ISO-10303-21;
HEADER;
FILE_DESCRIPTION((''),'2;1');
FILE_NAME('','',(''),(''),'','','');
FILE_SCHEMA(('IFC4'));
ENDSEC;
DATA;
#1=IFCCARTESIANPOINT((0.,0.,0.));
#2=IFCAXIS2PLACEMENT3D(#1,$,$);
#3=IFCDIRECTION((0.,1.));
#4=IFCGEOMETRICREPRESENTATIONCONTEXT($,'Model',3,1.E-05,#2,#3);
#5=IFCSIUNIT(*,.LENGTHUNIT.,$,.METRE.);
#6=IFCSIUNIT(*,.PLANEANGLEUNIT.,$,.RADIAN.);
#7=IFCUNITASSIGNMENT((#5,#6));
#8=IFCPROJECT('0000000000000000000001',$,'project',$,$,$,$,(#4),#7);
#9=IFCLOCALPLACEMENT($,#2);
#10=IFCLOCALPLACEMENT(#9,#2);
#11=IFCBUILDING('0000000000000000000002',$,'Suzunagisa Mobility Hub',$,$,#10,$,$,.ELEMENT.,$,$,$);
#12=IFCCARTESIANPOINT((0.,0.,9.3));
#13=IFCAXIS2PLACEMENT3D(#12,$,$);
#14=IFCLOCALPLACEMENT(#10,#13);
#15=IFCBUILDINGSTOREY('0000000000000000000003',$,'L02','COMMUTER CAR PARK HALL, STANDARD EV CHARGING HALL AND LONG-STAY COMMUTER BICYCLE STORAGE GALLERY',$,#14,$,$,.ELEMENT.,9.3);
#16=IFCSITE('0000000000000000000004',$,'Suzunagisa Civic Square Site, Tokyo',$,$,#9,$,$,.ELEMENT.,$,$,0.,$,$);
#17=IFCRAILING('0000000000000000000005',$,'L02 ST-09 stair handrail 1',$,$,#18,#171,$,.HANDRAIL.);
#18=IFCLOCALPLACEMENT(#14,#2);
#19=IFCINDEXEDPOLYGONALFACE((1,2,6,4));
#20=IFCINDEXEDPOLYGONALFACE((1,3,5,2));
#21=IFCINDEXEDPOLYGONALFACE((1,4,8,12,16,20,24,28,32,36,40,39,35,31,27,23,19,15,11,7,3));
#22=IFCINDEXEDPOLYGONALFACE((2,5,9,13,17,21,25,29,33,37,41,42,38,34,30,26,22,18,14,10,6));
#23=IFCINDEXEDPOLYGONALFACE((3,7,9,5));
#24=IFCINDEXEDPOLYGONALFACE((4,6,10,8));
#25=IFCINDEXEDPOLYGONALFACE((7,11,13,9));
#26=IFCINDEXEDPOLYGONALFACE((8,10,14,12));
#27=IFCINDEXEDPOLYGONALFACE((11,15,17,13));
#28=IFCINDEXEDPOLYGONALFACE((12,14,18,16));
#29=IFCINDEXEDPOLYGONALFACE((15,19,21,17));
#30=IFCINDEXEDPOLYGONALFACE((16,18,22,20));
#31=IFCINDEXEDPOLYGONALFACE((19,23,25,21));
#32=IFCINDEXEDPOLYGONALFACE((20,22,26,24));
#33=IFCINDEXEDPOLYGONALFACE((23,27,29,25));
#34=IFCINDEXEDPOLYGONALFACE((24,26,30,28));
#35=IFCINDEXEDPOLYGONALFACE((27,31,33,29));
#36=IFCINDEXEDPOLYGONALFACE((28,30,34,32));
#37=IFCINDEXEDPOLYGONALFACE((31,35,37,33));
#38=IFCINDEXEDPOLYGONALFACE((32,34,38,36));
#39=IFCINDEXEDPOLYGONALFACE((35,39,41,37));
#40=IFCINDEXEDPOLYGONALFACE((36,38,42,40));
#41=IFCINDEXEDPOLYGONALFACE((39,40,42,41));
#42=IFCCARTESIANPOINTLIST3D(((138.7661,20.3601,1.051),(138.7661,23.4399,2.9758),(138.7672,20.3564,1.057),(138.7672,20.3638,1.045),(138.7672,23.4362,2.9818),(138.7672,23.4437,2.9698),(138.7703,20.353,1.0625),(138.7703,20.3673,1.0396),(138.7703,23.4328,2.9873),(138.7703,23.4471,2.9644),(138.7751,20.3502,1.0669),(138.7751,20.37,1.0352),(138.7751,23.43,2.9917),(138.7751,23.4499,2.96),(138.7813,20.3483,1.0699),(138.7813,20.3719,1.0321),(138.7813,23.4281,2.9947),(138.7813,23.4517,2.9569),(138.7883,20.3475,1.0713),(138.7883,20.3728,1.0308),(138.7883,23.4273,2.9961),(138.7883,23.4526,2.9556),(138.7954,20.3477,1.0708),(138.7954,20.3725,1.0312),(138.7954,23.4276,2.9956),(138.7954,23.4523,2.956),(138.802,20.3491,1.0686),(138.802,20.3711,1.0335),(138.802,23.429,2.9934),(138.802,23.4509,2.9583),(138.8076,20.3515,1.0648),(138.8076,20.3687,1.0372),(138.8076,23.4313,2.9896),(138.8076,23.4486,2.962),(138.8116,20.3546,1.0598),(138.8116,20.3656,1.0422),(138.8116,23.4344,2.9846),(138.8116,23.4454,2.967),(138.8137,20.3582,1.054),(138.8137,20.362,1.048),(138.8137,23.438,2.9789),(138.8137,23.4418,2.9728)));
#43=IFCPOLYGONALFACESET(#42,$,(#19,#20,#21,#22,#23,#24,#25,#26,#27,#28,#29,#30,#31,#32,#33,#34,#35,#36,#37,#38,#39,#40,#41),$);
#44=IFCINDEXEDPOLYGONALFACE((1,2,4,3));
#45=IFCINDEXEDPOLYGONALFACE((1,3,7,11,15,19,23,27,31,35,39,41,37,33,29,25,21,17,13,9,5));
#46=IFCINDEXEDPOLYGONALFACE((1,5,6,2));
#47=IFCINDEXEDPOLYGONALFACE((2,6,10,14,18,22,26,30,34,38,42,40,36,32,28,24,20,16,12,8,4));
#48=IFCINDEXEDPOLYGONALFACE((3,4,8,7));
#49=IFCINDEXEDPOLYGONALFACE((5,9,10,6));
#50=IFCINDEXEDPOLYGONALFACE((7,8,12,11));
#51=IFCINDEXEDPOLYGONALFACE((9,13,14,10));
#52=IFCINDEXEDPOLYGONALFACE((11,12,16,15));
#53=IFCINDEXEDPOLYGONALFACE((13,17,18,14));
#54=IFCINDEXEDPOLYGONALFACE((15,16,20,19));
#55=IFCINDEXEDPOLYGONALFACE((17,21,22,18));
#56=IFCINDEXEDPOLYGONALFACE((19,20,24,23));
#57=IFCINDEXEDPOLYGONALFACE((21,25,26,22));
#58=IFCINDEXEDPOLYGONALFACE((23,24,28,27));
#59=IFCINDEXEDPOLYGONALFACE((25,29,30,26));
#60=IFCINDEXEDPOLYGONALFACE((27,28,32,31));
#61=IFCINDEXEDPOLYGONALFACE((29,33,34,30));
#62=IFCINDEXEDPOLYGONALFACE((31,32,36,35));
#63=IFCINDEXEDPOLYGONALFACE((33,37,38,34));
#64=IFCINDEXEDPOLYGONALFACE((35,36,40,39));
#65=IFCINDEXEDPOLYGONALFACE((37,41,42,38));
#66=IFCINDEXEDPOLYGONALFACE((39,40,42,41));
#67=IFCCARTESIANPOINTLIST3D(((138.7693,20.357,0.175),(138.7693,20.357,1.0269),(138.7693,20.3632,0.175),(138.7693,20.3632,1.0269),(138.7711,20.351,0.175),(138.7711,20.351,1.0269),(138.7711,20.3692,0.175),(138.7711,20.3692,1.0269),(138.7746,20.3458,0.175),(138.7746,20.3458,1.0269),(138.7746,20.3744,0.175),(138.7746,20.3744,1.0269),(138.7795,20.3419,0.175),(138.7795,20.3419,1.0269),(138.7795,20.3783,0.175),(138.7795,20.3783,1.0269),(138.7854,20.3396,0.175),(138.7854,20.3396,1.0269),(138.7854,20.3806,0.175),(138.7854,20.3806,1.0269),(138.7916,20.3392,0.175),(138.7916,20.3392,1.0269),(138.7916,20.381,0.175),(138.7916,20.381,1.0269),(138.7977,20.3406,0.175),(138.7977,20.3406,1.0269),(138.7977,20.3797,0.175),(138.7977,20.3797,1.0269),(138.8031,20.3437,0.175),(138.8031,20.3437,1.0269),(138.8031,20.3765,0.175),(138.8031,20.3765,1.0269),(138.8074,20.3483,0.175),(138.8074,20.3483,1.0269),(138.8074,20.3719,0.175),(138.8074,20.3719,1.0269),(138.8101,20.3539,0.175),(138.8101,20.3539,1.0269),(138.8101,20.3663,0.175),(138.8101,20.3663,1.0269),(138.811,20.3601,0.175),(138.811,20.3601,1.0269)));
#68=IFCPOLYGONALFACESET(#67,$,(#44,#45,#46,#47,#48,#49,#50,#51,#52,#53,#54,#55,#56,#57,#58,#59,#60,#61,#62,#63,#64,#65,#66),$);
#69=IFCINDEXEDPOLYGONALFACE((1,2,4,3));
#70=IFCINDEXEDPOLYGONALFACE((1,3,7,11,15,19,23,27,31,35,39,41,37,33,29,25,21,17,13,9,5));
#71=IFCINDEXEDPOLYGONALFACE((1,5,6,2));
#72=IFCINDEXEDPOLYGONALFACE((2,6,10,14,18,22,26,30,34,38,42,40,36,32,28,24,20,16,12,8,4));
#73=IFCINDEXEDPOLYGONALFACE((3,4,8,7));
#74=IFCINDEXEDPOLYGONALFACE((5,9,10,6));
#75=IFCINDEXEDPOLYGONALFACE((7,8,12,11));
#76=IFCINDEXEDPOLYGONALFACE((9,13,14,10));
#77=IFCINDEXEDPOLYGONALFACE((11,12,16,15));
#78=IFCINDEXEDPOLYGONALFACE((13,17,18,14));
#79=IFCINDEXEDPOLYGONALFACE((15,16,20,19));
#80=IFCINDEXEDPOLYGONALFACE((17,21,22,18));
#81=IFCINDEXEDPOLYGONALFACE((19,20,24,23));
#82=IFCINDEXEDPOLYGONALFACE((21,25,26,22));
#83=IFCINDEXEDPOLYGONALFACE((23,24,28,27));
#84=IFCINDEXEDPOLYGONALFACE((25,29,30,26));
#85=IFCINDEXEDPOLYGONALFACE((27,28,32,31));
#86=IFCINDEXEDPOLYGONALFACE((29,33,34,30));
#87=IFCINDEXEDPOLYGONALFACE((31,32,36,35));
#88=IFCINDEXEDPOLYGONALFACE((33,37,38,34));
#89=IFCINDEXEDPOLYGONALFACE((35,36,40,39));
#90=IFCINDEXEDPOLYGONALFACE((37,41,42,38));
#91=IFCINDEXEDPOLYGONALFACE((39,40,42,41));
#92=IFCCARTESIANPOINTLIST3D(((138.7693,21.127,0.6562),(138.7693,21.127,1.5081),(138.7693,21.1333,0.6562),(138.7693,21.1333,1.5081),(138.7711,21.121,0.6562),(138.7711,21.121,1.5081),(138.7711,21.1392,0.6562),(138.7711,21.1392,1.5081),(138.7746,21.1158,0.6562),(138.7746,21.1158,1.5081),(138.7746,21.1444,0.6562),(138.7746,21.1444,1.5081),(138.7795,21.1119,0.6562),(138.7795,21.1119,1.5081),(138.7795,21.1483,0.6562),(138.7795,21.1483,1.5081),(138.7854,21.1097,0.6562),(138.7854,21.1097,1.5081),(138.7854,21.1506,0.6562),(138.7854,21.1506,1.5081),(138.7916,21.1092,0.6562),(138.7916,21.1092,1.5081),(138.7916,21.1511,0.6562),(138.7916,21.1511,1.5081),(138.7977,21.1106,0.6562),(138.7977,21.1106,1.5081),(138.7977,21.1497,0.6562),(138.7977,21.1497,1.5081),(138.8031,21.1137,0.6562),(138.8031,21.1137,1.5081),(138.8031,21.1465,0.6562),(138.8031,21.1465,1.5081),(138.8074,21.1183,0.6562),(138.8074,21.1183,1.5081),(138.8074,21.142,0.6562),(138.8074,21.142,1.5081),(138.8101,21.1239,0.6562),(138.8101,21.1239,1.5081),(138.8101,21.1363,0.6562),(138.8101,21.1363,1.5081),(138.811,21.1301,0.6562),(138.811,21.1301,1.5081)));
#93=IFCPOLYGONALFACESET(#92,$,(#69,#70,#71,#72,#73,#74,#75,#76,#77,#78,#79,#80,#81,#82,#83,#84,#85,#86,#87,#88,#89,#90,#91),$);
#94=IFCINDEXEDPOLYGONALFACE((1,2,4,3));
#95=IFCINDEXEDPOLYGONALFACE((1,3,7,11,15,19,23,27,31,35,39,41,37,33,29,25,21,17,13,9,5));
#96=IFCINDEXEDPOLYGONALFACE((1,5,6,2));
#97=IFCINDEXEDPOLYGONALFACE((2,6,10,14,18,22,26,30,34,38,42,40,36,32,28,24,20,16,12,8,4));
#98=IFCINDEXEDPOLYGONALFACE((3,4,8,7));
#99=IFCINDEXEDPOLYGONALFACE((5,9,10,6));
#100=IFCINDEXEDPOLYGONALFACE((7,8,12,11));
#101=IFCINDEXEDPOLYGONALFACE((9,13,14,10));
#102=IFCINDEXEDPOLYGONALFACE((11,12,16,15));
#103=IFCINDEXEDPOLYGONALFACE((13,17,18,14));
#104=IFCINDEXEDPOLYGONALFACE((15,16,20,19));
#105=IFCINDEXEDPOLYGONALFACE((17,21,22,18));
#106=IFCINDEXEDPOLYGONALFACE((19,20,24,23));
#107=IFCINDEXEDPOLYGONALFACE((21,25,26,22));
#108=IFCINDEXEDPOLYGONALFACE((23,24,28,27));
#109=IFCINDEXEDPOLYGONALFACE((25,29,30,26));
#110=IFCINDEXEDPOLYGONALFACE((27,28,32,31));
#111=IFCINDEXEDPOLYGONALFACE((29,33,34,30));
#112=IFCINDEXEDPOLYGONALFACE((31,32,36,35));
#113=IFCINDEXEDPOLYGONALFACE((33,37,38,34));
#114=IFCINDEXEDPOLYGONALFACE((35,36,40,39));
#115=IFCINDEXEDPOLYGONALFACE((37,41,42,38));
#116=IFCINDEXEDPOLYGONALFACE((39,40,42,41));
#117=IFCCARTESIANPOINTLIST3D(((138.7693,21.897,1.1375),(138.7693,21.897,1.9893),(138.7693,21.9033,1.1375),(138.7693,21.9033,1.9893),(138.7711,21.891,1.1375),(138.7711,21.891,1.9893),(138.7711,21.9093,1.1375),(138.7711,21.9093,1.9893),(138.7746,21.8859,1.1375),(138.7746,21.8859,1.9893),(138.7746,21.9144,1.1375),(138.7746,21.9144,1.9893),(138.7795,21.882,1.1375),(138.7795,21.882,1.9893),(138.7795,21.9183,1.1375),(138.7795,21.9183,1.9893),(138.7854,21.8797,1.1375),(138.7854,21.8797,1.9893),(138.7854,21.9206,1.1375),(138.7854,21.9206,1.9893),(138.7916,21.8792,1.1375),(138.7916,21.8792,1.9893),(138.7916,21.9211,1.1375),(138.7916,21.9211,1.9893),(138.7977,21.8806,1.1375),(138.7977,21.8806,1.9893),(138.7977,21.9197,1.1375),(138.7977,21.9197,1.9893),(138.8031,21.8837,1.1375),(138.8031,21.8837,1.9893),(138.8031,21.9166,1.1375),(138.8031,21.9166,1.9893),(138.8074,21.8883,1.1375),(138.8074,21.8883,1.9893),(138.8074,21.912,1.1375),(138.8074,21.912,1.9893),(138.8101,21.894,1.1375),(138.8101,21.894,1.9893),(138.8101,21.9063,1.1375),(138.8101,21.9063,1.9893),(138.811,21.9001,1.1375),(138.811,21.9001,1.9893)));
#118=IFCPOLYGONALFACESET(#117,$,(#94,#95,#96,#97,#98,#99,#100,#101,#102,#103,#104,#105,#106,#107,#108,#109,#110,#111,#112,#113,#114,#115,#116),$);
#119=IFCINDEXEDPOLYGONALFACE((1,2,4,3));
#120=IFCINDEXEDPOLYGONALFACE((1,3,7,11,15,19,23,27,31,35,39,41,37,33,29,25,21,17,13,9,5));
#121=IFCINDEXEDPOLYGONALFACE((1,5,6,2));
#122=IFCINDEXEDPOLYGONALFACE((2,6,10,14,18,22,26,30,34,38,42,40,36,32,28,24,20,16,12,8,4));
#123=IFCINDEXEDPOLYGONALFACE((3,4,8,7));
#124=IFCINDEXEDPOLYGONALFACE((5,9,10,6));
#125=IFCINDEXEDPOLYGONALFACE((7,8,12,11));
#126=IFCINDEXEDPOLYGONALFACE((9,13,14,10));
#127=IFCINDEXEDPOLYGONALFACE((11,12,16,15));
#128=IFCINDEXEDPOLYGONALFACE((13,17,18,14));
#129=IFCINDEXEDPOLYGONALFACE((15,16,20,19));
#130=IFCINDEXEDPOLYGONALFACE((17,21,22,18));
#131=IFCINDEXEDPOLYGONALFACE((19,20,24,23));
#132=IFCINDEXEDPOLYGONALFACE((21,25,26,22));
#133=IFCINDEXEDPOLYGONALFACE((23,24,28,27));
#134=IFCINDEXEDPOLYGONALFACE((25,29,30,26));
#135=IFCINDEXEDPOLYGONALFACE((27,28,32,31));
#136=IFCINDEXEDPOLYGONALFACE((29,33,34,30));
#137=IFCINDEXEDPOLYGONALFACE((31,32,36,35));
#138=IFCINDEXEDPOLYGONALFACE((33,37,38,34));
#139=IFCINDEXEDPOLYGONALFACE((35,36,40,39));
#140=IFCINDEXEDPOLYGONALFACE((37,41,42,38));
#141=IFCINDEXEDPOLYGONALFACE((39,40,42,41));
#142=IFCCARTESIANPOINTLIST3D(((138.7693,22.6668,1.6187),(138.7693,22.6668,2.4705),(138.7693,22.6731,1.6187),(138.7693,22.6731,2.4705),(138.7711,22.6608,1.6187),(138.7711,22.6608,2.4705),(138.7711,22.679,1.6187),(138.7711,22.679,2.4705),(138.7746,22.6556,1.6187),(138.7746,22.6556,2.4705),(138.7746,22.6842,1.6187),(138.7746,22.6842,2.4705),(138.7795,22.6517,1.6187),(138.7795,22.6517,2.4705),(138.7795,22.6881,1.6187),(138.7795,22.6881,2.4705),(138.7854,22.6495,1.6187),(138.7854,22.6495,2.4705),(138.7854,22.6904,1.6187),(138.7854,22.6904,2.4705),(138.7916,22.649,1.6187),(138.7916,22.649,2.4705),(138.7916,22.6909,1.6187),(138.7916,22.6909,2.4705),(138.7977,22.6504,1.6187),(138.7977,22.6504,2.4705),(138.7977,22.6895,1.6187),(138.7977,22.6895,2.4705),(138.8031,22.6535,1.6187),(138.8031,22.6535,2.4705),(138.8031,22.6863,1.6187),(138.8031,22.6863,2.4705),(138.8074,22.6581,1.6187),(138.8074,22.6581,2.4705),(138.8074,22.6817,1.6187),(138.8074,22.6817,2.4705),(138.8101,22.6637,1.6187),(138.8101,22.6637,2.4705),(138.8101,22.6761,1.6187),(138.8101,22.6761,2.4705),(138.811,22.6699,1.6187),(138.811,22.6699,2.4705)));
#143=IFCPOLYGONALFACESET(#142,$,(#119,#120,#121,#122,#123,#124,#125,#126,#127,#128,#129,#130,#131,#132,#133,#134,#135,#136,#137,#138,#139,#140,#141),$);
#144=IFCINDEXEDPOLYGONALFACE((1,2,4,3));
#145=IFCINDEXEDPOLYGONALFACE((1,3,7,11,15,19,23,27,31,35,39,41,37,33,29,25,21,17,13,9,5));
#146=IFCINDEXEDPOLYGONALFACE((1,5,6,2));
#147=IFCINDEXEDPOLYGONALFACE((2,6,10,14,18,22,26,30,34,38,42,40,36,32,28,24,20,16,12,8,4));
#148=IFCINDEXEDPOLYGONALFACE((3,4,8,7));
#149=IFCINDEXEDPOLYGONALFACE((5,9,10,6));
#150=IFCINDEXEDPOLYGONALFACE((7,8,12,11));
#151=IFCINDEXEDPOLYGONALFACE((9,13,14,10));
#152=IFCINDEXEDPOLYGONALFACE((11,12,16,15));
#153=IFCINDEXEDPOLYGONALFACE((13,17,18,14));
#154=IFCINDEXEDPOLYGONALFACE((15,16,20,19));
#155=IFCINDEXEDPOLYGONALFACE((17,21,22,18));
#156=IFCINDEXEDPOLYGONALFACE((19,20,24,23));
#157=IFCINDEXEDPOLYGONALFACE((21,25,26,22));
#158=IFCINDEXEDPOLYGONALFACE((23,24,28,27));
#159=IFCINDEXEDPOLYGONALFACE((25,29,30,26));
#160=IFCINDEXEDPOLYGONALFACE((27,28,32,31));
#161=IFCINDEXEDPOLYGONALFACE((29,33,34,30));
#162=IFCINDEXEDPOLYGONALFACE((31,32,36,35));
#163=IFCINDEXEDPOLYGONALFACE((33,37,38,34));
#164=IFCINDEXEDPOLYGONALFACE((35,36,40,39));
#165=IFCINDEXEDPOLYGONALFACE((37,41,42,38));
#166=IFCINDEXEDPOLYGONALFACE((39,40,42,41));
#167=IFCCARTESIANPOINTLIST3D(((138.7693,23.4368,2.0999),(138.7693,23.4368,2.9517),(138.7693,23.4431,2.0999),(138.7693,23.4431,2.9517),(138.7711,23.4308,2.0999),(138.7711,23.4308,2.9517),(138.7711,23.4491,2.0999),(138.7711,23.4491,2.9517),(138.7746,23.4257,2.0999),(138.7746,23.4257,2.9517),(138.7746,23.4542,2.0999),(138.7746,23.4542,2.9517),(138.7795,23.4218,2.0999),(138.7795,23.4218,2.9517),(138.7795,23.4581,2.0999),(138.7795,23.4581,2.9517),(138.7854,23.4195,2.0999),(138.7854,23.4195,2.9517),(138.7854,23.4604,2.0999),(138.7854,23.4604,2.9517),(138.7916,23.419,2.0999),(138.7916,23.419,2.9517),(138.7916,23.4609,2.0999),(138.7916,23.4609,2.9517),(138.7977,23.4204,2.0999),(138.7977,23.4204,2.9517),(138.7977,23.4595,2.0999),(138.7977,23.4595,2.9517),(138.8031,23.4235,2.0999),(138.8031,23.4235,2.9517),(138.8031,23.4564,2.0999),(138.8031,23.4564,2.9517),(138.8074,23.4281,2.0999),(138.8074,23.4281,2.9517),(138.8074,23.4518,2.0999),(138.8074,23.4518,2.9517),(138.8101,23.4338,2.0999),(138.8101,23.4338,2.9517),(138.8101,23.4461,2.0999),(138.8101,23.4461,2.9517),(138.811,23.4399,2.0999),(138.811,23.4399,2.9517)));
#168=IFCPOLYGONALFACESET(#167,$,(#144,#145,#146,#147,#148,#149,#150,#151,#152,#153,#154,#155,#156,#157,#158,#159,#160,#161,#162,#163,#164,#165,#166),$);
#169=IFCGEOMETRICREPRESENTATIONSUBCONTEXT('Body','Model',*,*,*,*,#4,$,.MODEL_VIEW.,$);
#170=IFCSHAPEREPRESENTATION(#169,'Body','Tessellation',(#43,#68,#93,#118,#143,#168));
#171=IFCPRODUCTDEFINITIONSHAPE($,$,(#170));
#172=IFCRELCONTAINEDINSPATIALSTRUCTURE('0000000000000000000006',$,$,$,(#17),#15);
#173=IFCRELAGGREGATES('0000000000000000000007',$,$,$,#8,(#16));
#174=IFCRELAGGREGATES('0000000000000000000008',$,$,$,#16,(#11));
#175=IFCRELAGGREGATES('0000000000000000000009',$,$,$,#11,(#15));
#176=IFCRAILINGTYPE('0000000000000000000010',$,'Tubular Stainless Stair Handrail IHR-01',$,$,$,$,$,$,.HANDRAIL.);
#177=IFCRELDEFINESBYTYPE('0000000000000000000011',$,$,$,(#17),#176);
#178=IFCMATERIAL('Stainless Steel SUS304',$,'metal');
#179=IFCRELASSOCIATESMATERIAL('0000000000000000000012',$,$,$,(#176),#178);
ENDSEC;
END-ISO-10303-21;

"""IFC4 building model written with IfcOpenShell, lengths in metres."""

from ifc_helpers import new_model, si_unit, direction, frame, origin, origin_2d, place, context, subcontext, project, spatial, circle, extrude, material, type_object, element, save


model = new_model("IFC4")

# Units and contexts
model_context = context("Model", 3, precision=1e-05, world=origin(), true_north=direction((0.0, 1.0)))
body_context = subcontext(model_context, "Body", "Model", "MODEL_VIEW")
ifc_project = project(units=[si_unit("LENGTHUNIT", "METRE"), si_unit("PLANEANGLEUNIT", "RADIAN")], contexts=[model_context])

# Site, building, storey
site_placement = place(None, origin())
site = spatial("IfcSite", under=ifc_project, at=site_placement, Name="Suzunagisa Civic Square Site, Tokyo", CompositionType="ELEMENT", RefElevation=0.0)
building_placement = place(site_placement, origin())
building = spatial("IfcBuilding", under=site, at=building_placement, Name="Suzunagisa Mobility Hub", CompositionType="ELEMENT")
storey_placement = place(building_placement, frame((0.0, 0.0, 9.3)))
storey = spatial("IfcBuildingStorey", under=building, at=storey_placement, Name="L02", Description="COMMUTER CAR PARK HALL, STANDARD EV CHARGING HALL AND LONG-STAY COMMUTER BICYCLE STORAGE GALLERY", CompositionType="ELEMENT", Elevation=9.3)

# Railing
ifc_material_1 = material(Name="Stainless Steel SUS304", Category="metal")
railing_type_1 = type_object("IfcRailingType", Name="Tubular Stainless Stair Handrail IHR-01", PredefinedType="HANDRAIL", material=ifc_material_1)
railing_1_placement = place(storey_placement, frame((138.79, 20.3601, 0.175)))
element("IfcRailing", 1, at=railing_1_placement, inside=storey, type_object=railing_type_1, Name="L02 ST-09 stair handrail 1", PredefinedType="HANDRAIL", context=body_context, shape_type="SweptSolid", body=[
    extrude(circle(Radius=0.0239, at=origin_2d()), frame((0.0, 0.0, 0.876), z_axis=(0.0, 0.84801, 0.529981), x_axis=(-1.0, 0.0, 0.0)), (0.0, 0.0, 1.0), 3.6318),
    extrude(circle(Radius=0.021, at=origin_2d()), origin(), (0.0, 0.0, 1.0), 0.8518),
    extrude(circle(Radius=0.021, at=origin_2d()), frame((0.0, 0.77, 0.4812)), (0.0, 0.0, 1.0), 0.8518),
    extrude(circle(Radius=0.021, at=origin_2d()), frame((0.0, 1.54, 0.9624)), (0.0, 0.0, 1.0), 0.8518),
    extrude(circle(Radius=0.021, at=origin_2d()), frame((0.0, 2.3098, 1.4436)), (0.0, 0.0, 1.0), 0.8518),
    extrude(circle(Radius=0.021, at=origin_2d()), frame((0.0, 3.0798, 1.9248)), (0.0, 0.0, 1.0), 0.8518),
])

save(model, "model.ifc")
